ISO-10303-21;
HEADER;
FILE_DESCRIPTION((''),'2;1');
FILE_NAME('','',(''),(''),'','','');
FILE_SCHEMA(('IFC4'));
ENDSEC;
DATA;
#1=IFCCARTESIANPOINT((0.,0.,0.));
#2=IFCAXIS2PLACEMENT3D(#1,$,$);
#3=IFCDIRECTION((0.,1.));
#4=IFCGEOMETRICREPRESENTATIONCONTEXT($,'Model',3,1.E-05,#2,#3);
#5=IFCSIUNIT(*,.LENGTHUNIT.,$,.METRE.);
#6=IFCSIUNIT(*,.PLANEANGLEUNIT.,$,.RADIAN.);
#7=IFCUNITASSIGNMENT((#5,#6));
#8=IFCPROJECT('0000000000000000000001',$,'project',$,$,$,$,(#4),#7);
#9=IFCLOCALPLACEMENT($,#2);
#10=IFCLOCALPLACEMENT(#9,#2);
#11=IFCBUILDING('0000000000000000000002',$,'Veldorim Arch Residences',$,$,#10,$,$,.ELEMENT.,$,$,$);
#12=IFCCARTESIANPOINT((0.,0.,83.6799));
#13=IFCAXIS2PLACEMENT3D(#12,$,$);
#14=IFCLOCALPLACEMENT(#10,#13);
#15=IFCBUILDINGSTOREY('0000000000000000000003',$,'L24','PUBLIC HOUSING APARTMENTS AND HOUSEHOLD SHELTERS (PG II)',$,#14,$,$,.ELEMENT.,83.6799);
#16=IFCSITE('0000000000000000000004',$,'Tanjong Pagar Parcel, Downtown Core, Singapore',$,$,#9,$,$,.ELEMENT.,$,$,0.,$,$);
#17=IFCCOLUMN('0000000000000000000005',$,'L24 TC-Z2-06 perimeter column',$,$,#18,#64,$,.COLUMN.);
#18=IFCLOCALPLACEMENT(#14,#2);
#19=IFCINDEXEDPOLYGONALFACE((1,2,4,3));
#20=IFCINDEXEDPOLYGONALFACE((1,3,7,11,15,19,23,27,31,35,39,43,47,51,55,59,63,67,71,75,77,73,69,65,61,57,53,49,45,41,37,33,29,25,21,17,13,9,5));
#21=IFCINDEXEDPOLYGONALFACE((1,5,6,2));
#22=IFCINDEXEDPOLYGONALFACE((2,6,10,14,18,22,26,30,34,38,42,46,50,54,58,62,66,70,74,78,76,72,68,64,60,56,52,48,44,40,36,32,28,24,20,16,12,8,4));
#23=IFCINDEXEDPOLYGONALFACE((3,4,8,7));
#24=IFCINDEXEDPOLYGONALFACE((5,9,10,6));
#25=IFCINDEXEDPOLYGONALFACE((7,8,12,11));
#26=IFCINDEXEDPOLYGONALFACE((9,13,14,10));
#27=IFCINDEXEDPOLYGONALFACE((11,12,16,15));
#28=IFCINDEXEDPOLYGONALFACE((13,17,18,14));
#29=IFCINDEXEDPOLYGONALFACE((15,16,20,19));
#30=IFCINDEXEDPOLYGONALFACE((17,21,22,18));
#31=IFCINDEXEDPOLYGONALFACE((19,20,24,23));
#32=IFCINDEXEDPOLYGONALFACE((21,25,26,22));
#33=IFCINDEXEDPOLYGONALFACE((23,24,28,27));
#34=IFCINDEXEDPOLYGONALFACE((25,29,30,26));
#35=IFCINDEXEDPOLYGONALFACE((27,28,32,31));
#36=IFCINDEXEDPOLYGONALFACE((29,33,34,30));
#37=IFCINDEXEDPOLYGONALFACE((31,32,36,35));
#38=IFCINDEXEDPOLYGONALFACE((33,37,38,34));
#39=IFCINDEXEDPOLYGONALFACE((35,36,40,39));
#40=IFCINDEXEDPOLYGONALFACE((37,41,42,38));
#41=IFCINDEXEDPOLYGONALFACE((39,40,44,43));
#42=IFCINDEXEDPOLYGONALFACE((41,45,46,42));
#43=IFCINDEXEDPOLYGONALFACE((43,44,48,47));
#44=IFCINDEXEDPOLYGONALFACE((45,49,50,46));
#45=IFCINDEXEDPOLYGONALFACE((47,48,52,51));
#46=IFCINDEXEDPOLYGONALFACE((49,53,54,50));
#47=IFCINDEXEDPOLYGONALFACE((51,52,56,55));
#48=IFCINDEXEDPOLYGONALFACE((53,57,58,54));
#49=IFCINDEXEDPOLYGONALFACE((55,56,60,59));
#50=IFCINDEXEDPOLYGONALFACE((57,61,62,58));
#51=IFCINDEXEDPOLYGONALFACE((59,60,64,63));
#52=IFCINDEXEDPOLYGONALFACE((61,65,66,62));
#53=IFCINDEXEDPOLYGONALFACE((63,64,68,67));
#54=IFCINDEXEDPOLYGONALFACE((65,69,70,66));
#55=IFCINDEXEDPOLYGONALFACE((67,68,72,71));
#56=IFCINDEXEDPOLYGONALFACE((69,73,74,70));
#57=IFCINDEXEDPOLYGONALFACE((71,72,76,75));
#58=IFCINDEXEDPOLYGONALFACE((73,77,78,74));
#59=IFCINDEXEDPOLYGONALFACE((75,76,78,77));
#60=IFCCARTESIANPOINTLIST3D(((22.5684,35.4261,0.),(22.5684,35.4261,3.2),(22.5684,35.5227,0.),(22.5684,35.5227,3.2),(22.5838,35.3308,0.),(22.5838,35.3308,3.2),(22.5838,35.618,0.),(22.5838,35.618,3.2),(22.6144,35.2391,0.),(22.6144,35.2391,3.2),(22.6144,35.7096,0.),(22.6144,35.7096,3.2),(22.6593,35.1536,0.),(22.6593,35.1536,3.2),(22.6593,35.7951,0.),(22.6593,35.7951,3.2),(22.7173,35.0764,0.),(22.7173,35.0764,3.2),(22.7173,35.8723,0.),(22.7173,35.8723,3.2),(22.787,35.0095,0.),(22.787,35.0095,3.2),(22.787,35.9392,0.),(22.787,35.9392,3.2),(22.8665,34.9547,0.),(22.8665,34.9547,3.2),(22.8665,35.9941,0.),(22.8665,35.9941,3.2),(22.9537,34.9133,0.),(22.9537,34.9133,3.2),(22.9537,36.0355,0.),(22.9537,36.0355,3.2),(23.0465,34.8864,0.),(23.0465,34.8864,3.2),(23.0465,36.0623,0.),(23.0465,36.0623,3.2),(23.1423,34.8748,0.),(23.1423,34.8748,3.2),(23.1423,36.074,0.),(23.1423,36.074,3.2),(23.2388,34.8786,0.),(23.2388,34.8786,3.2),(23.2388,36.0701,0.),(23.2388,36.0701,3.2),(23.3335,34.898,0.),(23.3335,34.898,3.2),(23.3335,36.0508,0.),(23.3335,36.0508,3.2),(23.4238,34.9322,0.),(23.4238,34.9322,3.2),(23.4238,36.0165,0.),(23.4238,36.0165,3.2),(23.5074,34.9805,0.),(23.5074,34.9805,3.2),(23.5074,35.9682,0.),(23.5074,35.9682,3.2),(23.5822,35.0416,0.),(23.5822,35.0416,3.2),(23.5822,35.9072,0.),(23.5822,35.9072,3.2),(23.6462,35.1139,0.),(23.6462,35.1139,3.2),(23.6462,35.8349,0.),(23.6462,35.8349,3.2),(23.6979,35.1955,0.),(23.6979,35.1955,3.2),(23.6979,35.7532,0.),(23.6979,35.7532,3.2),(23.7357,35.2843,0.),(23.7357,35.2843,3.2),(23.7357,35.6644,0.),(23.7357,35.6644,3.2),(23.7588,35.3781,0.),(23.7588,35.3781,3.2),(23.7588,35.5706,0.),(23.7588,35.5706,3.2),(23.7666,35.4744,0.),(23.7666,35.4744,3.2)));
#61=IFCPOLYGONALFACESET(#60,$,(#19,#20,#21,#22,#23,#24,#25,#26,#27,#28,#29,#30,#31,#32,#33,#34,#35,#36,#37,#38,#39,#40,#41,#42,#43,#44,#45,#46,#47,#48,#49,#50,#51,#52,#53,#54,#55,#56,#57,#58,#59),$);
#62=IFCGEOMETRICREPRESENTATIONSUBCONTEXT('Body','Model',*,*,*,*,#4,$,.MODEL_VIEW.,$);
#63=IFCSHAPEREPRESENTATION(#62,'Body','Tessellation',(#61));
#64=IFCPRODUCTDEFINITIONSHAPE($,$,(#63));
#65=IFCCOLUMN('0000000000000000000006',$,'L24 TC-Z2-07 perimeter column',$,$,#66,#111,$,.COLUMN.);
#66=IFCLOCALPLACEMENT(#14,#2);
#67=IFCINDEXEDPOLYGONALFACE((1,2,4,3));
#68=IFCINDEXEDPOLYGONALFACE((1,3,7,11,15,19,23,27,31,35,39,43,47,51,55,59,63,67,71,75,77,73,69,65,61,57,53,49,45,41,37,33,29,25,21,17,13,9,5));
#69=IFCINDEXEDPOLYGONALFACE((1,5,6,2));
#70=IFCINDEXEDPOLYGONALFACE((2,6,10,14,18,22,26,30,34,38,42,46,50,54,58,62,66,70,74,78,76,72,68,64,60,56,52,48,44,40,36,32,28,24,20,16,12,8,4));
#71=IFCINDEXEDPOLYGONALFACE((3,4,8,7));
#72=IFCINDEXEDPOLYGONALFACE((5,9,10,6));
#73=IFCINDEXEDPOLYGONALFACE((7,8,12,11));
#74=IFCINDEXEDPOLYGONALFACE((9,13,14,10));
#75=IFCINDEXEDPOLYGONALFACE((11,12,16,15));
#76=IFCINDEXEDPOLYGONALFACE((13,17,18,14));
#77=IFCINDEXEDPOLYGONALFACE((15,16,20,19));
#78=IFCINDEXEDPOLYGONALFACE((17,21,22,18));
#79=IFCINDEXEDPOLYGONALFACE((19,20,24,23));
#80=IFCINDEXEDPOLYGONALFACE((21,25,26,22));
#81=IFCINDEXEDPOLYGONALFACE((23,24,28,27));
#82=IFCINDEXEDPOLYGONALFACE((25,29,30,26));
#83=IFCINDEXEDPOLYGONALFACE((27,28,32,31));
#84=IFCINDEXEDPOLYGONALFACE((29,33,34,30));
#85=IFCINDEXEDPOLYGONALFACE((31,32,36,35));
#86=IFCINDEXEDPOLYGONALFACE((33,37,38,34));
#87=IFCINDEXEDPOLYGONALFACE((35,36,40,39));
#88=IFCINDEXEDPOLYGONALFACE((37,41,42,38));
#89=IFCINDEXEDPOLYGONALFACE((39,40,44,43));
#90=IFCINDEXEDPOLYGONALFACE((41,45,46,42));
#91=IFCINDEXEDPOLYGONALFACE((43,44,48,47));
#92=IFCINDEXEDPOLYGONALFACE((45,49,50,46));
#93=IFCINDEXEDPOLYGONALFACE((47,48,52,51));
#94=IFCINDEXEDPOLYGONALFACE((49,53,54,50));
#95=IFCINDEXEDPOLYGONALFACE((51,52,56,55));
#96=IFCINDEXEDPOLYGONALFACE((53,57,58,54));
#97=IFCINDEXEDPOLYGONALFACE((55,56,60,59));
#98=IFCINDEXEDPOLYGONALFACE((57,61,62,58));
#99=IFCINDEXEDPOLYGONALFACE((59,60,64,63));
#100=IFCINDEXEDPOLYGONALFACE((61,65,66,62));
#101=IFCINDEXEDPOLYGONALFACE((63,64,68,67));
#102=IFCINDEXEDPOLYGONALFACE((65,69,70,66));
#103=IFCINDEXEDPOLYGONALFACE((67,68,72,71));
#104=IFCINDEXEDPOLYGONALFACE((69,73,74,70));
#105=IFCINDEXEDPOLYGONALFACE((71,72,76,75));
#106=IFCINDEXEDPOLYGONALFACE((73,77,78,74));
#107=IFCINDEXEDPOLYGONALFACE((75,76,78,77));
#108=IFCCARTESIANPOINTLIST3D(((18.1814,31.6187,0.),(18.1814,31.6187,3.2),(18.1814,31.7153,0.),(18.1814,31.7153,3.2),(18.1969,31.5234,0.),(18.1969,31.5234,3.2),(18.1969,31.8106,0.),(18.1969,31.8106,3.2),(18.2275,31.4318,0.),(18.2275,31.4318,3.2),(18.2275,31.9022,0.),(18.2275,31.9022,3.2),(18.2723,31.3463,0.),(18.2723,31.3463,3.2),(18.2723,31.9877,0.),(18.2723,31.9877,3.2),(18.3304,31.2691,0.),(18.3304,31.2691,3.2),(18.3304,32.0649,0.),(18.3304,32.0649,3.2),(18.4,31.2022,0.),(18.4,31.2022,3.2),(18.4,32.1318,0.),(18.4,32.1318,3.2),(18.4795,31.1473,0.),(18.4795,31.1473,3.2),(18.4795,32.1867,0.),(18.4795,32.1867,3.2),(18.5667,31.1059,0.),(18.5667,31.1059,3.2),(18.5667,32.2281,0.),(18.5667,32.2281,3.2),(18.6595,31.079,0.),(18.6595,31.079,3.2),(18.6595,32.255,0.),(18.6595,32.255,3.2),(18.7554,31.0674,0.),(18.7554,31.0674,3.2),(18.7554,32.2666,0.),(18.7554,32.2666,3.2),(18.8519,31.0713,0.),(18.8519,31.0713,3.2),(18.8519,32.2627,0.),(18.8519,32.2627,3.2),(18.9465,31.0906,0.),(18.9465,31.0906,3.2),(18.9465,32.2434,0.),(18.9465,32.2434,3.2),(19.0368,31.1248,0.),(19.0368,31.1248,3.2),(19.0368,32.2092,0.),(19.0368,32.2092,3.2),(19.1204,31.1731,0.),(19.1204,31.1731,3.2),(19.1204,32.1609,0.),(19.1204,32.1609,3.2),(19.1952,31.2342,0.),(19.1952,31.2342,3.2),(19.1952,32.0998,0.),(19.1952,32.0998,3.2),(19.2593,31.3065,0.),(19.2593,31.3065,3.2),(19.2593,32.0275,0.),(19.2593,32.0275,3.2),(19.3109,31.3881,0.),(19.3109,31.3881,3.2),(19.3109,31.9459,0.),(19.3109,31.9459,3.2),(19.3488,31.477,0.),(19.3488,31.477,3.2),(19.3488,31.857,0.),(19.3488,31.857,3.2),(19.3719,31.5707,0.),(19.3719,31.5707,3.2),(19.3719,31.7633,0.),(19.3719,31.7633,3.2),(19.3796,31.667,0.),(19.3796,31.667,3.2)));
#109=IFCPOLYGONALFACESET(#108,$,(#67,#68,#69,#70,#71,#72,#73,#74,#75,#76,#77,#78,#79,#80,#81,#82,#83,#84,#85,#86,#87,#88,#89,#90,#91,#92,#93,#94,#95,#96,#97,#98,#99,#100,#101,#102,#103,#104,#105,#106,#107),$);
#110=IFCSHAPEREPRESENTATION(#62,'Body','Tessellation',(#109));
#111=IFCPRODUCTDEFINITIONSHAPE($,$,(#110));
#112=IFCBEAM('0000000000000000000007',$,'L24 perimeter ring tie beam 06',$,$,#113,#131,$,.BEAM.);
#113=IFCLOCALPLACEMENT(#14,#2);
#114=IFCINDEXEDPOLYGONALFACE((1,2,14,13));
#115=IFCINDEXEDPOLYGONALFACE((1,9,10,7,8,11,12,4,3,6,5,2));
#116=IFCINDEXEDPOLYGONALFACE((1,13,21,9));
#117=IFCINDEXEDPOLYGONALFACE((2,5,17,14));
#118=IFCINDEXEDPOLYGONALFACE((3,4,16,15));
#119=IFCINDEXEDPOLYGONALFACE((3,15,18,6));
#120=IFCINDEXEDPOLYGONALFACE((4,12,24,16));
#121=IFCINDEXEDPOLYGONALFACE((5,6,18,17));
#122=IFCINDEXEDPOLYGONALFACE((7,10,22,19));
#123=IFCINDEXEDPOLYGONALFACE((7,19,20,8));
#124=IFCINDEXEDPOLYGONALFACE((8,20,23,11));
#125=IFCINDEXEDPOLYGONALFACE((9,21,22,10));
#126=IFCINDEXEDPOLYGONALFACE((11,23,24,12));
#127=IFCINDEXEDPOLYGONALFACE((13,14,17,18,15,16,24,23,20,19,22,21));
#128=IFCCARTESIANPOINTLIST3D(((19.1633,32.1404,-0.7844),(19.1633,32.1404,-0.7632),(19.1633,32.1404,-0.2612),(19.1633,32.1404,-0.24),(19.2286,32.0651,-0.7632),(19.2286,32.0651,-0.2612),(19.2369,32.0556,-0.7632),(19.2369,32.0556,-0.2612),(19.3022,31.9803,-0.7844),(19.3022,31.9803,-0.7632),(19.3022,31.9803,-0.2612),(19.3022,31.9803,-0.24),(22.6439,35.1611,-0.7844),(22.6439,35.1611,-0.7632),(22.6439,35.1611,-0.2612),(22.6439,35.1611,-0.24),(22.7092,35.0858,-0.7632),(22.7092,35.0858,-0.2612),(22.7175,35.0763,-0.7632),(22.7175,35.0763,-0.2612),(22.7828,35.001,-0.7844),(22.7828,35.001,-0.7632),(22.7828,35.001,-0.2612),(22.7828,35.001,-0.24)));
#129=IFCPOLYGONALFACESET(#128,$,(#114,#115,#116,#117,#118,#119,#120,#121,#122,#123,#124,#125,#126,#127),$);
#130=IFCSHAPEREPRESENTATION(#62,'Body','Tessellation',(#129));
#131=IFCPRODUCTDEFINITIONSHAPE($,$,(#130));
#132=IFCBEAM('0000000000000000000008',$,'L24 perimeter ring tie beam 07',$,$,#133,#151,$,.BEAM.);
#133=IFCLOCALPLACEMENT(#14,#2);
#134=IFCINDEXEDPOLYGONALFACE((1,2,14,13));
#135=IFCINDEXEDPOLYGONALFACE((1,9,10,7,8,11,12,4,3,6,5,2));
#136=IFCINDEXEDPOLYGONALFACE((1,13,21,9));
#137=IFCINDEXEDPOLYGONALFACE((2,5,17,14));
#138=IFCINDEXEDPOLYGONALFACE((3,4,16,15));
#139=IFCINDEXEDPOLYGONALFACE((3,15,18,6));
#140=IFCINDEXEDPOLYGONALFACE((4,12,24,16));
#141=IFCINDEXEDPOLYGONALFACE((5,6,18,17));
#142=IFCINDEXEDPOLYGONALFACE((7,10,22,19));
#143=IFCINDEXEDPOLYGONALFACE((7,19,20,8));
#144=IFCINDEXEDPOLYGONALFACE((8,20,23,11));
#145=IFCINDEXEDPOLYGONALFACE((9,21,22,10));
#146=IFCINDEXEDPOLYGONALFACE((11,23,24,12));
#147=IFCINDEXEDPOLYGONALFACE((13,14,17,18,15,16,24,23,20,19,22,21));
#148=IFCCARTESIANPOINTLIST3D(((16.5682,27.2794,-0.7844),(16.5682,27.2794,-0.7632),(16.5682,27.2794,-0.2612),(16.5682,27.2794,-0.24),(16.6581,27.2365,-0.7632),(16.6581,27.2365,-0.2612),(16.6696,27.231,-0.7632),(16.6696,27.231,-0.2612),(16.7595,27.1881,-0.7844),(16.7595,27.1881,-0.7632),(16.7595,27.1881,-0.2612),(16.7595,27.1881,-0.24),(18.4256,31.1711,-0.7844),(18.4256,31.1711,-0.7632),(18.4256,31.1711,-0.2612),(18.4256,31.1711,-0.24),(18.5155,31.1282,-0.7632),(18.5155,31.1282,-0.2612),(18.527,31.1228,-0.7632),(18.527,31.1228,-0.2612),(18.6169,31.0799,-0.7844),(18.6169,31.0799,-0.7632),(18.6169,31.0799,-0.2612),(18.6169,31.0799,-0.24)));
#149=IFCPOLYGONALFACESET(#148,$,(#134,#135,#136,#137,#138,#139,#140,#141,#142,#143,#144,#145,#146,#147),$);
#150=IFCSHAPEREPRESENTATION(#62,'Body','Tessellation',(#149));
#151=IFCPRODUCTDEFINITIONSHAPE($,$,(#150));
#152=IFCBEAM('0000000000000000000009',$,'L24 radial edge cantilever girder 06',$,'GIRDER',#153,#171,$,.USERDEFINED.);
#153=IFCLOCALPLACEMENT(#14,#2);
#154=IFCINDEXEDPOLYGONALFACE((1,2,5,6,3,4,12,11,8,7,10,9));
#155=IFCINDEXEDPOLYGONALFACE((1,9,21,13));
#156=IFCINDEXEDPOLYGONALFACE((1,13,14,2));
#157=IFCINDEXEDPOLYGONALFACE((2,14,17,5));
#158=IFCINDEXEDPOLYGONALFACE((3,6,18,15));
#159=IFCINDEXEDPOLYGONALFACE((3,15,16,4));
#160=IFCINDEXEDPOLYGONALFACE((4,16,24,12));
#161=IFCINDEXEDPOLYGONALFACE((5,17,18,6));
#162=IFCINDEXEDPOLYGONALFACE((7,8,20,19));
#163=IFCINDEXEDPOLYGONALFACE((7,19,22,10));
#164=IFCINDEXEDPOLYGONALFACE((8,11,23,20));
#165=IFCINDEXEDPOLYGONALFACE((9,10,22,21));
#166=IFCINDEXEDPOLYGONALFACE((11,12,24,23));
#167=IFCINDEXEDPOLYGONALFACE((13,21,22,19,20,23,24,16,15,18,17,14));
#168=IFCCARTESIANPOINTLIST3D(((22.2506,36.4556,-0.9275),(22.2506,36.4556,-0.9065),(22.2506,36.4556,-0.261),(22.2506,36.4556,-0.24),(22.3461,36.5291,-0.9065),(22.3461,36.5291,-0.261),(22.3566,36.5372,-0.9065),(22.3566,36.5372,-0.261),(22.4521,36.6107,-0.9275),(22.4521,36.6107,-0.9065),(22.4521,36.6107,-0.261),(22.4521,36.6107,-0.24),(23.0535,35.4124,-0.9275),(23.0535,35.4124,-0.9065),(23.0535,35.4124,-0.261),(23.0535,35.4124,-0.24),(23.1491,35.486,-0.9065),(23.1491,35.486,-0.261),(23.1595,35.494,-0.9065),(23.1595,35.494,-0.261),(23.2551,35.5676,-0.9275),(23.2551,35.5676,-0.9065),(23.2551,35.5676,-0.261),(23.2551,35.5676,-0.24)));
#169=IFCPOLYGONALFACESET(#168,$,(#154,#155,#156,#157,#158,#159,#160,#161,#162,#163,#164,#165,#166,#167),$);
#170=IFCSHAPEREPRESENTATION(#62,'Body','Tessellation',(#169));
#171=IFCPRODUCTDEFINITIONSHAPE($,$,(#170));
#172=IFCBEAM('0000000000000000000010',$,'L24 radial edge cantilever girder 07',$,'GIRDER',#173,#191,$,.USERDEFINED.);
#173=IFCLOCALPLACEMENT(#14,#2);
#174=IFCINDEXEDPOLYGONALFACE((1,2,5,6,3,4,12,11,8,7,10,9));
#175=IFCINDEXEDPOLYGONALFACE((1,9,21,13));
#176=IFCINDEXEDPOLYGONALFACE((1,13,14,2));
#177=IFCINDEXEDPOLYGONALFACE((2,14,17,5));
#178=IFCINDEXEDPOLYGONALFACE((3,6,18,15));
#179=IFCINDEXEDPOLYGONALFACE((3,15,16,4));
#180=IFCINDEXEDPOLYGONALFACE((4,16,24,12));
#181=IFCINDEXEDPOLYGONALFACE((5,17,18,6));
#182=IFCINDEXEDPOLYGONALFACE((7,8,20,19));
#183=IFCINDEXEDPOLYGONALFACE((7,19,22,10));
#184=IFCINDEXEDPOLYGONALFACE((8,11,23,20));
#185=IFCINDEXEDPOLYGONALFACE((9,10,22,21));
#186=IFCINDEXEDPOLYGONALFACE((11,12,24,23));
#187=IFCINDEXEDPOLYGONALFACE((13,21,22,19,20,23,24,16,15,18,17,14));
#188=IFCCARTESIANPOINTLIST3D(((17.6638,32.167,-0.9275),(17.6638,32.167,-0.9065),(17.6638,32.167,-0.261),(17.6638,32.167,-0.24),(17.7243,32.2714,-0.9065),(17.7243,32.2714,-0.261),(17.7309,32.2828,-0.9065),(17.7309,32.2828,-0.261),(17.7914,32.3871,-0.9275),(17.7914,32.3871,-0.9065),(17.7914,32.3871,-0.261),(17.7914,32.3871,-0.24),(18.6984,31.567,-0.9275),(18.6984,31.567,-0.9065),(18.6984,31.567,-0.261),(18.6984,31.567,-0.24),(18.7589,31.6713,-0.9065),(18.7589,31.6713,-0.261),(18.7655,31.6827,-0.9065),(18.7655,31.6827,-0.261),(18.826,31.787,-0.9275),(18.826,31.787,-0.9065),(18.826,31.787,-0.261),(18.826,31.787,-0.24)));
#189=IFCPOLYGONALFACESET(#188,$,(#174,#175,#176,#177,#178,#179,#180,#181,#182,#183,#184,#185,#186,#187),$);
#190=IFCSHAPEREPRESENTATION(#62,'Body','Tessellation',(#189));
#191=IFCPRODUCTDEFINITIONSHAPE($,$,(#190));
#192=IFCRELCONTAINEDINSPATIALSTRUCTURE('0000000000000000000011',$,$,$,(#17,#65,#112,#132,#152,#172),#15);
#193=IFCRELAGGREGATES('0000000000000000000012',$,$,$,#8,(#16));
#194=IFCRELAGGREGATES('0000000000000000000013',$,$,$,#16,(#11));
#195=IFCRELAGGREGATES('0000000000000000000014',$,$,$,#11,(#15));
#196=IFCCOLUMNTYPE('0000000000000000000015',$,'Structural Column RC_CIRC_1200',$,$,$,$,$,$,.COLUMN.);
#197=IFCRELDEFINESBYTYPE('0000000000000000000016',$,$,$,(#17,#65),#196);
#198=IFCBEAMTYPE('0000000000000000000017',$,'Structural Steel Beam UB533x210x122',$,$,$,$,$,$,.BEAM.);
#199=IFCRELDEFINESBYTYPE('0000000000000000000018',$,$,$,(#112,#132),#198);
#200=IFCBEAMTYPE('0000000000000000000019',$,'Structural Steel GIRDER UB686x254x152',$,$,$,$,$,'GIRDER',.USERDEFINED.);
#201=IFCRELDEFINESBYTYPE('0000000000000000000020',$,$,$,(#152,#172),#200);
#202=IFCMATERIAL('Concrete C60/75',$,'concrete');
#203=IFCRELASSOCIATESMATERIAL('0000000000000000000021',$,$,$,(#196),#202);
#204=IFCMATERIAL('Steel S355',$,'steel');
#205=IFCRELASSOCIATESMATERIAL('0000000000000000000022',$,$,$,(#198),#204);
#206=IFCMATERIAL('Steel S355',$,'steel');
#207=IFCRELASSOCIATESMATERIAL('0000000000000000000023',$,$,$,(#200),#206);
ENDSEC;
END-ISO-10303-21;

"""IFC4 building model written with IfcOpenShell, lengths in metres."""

from ifc_helpers import new_model, si_unit, direction, frame, origin, origin_2d, place, context, subcontext, project, spatial, circle, i_section, extrude, material, material_profile, profile_set, type_object, element, save


model = new_model("IFC4")

# Units and contexts
model_context = context("Model", 3, precision=1e-05, world=origin(), true_north=direction((0.0, 1.0)))
body_context = subcontext(model_context, "Body", "Model", "MODEL_VIEW")
ifc_project = project(units=[si_unit("LENGTHUNIT", "METRE"), si_unit("PLANEANGLEUNIT", "RADIAN")], contexts=[model_context])

# Site, building, storey
site_placement = place(None, origin())
site = spatial("IfcSite", under=ifc_project, at=site_placement, Name="Tanjong Pagar Parcel, Downtown Core, Singapore", CompositionType="ELEMENT", RefElevation=0.0)
building_placement = place(site_placement, origin())
building = spatial("IfcBuilding", under=site, at=building_placement, Name="Veldorim Arch Residences", CompositionType="ELEMENT")
storey_placement = place(building_placement, frame((0.0, 0.0, 83.6799)))
storey = spatial("IfcBuildingStorey", under=building, at=storey_placement, Name="L24", Description="PUBLIC HOUSING APARTMENTS AND HOUSEHOLD SHELTERS (PG II)", CompositionType="ELEMENT", Elevation=83.6799)

# Columns
ifc_material_1 = material(Name="Concrete C60/75", Category="concrete")
ifc_material_profile_1 = material_profile(ifc_material_1, circle(Radius=0.6001, at=origin_2d()), Name="RC_CIRC_1200")
ifc_profile_set_1 = profile_set([ifc_material_profile_1], Name="Concrete C60/75")
column_type = type_object("IfcColumnType", Name="Structural Column RC_CIRC_1200", PredefinedType="COLUMN", material=ifc_profile_set_1)
for number, where, z_axis, x_axis, name in (
    (1, (23.1665, 35.4744, 0.0), (0.0, 0.0, 1.0), (1.0, 0.0, 0.0), "L24 TC-Z2-06 perimeter column"),
    (2, (18.7795, 31.667, 0.0), (0.0, 0.0, 1.0), (1.0, 0.0, 0.0), "L24 TC-Z2-07 perimeter column"),
):
    element("IfcColumn", number, at=place(storey_placement, frame(where, z_axis=z_axis, x_axis=x_axis)), inside=storey, type_object=column_type, Name=name, PredefinedType="COLUMN", context=body_context, shape_type="SweptSolid", body=[
        extrude(circle(Radius=0.6001, at=origin_2d()), origin(), (0.0, 0.0, 1.0), 3.2),
    ])

# Beams
ifc_material_2 = material(Name="Steel S355", Category="steel")
ifc_material_profile_2 = material_profile(ifc_material_2, i_section(OverallWidth=0.2119, OverallDepth=0.5444, WebThickness=0.0127, FlangeThickness=0.0212, at=origin_2d()), Name="UB533x210x122")
ifc_profile_set_2 = profile_set([ifc_material_profile_2], Name="Steel S355")
beam_type_1 = type_object("IfcBeamType", Name="Structural Steel Beam UB533x210x122", PredefinedType="BEAM", material=ifc_profile_set_2)
beam_1_placement = place(storey_placement, frame((22.7134, 35.0811, -0.5122), z_axis=(-0.755245, -0.655443, 0.0), x_axis=(0.655443, -0.755245, 0.0)))
element("IfcBeam", 3, at=beam_1_placement, inside=storey, type_object=beam_type_1, Name="L24 perimeter ring tie beam 06", PredefinedType="BEAM", context=body_context, shape_type="SweptSolid", body=[
    extrude(i_section(OverallWidth=0.2119, OverallDepth=0.5444, WebThickness=0.0127, FlangeThickness=0.0212, at=origin_2d()), origin(), (0.0, 0.0, 1.0), 4.6086),
])
beam_2_placement = place(storey_placement, frame((18.5212, 31.1255, -0.5122), z_axis=(-0.43072, -0.902486, 0.0), x_axis=(0.902486, -0.43072, 0.0)))
element("IfcBeam", 4, at=beam_2_placement, inside=storey, type_object=beam_type_1, Name="L24 perimeter ring tie beam 07", PredefinedType="BEAM", context=body_context, shape_type="SweptSolid", body=[
    extrude(i_section(OverallWidth=0.2119, OverallDepth=0.5444, WebThickness=0.0127, FlangeThickness=0.0212, at=origin_2d()), origin(), (0.0, 0.0, 1.0), 4.3123),
])
ifc_material_3 = material(Name="Steel S355", Category="steel")
ifc_material_profile_3 = material_profile(ifc_material_3, i_section(OverallWidth=0.2544, OverallDepth=0.6875, WebThickness=0.0132, FlangeThickness=0.021, at=origin_2d()), Name="UB686x254x152")
ifc_profile_set_3 = profile_set([ifc_material_profile_3], Name="Steel S355")
beam_type_2 = type_object("IfcBeamType", Name="Structural Steel GIRDER UB686x254x152", ElementType="GIRDER", PredefinedType="USERDEFINED", material=ifc_profile_set_3)
beam_3_placement = place(storey_placement, frame((23.1543, 35.49, -0.5837), z_axis=(-0.609953, 0.792438, 0.0), x_axis=(-0.792438, -0.609953, 0.0)))
element("IfcBeam", 5, at=beam_3_placement, inside=storey, type_object=beam_type_2, Name="L24 radial edge cantilever girder 06", ObjectType="GIRDER", PredefinedType="USERDEFINED", context=body_context, shape_type="SweptSolid", body=[
    extrude(i_section(OverallWidth=0.2544, OverallDepth=0.6875, WebThickness=0.0132, FlangeThickness=0.021, at=origin_2d()), origin(), (0.0, 0.0, 1.0), 1.3164),
])
beam_4_placement = place(storey_placement, frame((18.7622, 31.677, -0.5837), z_axis=(-0.865035, 0.501712, 0.0), x_axis=(-0.501712, -0.865035, 0.0)))
element("IfcBeam", 6, at=beam_4_placement, inside=storey, type_object=beam_type_2, Name="L24 radial edge cantilever girder 07", ObjectType="GIRDER", PredefinedType="USERDEFINED", context=body_context, shape_type="SweptSolid", body=[
    extrude(i_section(OverallWidth=0.2544, OverallDepth=0.6875, WebThickness=0.0132, FlangeThickness=0.021, at=origin_2d()), origin(), (0.0, 0.0, 1.0), 1.196),
])

save(model, "model.ifc")
